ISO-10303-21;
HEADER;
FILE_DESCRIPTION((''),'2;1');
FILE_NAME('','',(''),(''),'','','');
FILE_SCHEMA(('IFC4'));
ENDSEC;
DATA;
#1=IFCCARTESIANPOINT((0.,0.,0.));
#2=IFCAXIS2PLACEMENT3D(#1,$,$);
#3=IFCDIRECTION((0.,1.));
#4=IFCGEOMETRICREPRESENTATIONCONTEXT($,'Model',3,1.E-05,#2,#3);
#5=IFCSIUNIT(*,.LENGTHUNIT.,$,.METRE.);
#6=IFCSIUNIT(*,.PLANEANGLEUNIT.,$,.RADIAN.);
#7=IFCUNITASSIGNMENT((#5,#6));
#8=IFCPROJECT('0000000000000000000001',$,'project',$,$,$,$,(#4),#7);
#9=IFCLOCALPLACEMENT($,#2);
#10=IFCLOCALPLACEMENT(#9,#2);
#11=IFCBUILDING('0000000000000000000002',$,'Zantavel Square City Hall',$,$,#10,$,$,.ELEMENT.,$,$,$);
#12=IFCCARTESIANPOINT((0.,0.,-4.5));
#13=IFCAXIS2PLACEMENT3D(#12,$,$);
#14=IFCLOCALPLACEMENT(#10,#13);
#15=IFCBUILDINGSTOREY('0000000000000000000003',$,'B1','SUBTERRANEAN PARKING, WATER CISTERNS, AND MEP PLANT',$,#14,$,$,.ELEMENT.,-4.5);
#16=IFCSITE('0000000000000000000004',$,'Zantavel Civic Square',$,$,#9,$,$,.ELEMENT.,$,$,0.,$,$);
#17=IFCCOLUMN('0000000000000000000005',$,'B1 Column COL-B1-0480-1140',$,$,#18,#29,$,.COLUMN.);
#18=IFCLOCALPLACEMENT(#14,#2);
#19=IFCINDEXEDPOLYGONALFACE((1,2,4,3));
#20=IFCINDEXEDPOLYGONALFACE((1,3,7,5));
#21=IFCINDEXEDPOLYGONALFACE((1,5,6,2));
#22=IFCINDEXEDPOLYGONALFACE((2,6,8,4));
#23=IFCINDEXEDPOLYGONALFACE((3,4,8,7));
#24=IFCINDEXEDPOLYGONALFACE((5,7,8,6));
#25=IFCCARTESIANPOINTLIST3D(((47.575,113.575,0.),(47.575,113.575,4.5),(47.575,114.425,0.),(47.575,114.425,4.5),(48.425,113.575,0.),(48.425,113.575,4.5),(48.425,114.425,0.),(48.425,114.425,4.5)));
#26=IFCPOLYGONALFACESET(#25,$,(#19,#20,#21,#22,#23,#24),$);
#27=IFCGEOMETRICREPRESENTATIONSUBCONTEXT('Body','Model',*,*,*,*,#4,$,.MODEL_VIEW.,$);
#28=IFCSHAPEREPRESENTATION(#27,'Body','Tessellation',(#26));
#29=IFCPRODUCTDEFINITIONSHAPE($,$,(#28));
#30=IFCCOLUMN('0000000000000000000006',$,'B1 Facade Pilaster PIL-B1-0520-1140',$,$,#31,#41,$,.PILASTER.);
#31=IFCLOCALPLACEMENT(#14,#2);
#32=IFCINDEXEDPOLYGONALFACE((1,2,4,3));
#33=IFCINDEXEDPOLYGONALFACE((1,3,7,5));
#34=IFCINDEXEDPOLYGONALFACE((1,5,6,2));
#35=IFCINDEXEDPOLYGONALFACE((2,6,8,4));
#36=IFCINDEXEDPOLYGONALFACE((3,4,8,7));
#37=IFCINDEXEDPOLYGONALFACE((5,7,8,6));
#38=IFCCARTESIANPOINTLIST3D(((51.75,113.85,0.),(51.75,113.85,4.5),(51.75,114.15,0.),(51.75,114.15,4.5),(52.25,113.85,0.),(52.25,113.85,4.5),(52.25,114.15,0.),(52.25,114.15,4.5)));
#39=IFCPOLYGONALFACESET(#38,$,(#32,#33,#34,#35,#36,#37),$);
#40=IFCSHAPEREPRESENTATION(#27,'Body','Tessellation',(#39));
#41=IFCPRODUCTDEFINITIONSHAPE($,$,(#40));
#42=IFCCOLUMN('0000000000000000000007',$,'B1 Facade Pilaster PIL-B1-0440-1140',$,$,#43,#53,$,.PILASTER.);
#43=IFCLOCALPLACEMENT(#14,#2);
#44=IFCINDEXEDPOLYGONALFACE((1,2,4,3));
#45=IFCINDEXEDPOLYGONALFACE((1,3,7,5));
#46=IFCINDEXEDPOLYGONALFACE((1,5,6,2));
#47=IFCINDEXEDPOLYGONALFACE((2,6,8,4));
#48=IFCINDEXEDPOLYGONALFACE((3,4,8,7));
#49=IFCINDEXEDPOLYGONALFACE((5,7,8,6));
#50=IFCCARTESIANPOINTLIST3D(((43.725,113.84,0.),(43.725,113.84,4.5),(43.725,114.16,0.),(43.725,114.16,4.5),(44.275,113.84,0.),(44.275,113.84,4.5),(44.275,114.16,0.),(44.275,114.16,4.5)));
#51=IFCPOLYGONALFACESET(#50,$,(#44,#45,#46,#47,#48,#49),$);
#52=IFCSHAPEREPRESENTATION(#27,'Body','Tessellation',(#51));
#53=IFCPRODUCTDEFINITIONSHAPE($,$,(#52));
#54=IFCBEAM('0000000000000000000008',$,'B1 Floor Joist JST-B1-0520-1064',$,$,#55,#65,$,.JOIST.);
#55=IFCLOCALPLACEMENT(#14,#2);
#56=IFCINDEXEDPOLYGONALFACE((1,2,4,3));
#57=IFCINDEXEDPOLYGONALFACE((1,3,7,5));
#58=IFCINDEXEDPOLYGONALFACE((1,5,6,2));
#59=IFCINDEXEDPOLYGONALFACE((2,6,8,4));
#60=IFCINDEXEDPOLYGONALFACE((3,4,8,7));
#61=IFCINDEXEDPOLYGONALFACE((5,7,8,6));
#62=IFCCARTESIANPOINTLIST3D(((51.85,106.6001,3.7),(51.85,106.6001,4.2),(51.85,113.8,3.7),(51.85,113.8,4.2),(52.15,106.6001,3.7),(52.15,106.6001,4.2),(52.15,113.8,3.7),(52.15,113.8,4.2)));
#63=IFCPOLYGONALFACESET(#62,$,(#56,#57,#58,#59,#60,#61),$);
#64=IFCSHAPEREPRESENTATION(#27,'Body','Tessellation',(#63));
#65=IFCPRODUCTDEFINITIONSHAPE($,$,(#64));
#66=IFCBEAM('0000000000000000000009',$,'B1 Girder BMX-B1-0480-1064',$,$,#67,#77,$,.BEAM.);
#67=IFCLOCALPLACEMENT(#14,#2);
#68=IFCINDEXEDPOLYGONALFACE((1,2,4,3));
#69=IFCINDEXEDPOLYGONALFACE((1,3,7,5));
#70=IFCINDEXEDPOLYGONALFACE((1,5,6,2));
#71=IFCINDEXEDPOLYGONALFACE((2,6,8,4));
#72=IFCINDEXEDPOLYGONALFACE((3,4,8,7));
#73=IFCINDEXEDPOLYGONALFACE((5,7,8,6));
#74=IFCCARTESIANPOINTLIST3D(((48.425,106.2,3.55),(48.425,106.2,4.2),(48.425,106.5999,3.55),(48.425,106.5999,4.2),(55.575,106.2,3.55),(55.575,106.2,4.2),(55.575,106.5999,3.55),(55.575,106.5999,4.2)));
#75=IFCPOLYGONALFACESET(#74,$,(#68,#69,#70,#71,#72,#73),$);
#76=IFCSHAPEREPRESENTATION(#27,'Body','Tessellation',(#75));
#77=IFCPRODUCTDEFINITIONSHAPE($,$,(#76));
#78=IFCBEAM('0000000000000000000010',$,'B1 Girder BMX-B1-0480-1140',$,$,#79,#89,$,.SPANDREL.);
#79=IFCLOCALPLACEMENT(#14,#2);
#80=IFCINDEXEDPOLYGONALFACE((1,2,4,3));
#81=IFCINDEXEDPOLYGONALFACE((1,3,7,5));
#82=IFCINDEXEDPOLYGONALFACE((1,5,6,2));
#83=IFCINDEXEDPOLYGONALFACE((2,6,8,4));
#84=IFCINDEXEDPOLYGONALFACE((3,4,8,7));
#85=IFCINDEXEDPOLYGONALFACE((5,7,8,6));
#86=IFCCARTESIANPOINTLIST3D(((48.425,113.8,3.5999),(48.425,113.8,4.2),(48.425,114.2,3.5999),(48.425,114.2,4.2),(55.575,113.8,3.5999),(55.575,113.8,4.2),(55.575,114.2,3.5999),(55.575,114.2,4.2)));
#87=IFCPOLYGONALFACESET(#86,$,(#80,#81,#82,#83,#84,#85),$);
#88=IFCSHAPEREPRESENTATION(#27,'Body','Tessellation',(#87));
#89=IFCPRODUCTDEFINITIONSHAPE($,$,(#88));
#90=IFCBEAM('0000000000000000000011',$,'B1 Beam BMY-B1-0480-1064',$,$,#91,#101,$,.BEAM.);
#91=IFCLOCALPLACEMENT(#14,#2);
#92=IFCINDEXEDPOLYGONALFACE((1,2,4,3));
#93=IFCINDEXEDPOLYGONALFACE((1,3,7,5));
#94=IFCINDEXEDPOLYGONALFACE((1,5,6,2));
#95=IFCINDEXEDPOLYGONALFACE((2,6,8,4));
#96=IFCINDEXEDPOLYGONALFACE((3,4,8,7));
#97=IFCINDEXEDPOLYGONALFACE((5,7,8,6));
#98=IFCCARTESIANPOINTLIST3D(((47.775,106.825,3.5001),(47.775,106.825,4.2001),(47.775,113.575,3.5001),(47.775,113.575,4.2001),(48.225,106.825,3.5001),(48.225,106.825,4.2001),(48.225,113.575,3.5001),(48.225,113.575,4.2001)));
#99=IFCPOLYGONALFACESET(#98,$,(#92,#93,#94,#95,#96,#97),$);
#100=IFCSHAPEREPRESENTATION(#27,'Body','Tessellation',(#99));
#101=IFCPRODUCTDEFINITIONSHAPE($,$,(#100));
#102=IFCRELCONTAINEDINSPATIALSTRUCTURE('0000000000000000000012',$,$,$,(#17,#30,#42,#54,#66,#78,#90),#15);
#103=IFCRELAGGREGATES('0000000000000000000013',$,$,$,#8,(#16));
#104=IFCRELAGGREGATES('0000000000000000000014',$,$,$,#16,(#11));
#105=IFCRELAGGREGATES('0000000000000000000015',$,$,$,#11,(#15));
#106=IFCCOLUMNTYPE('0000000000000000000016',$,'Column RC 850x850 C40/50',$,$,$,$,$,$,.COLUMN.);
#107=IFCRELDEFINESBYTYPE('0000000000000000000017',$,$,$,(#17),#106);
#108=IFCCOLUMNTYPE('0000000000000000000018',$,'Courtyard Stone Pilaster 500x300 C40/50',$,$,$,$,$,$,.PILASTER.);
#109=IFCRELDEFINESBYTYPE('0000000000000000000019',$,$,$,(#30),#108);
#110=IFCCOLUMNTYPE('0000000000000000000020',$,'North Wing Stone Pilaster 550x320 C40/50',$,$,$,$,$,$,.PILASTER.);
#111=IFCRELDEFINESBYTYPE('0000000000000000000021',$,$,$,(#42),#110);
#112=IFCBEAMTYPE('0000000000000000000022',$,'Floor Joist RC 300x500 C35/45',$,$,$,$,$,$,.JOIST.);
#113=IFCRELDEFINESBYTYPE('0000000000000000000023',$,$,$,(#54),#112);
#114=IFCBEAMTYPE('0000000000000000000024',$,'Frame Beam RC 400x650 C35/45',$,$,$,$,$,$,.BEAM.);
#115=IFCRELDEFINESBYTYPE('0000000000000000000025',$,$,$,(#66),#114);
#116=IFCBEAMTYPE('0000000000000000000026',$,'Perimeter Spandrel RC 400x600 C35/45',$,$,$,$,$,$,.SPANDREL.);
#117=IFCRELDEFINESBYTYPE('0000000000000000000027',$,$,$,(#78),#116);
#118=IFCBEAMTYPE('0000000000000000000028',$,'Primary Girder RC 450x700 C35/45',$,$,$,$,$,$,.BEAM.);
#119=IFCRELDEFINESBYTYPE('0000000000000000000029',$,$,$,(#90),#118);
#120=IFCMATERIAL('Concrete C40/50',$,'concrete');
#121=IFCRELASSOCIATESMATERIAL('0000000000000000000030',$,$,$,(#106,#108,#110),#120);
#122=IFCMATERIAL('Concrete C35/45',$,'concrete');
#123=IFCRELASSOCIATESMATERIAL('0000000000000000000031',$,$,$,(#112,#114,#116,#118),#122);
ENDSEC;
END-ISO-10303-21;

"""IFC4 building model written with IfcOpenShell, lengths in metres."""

from ifc_helpers import new_model, si_unit, direction, frame, origin, origin_2d, place, context, subcontext, project, spatial, rectangle, extrude, material, material_profile, profile_set, type_object, element, save


model = new_model("IFC4")

# Units and contexts
model_context = context("Model", 3, precision=1e-05, world=origin(), true_north=direction((0.0, 1.0)))
body_context = subcontext(model_context, "Body", "Model", "MODEL_VIEW")
ifc_project = project(units=[si_unit("LENGTHUNIT", "METRE"), si_unit("PLANEANGLEUNIT", "RADIAN")], contexts=[model_context])

# Site, building, storey
site_placement = place(None, origin())
site = spatial("IfcSite", under=ifc_project, at=site_placement, Name="Zantavel Civic Square", CompositionType="ELEMENT", RefElevation=0.0)
building_placement = place(site_placement, origin())
building = spatial("IfcBuilding", under=site, at=building_placement, Name="Zantavel Square City Hall", CompositionType="ELEMENT")
storey_placement = place(building_placement, frame((0.0, 0.0, -4.5)))
storey = spatial("IfcBuildingStorey", under=building, at=storey_placement, Name="B1", Description="SUBTERRANEAN PARKING, WATER CISTERNS, AND MEP PLANT", CompositionType="ELEMENT", Elevation=-4.5)

# Shared definitions
ifc_material_1 = material(Name="Concrete C35/45", Category="concrete")

# Shared definitions
ifc_material_2 = material(Name="Concrete C40/50", Category="concrete")

# Columns
ifc_material_profile_1 = material_profile(ifc_material_2, rectangle(XDim=0.8501, YDim=0.8501, at=origin_2d()), Name="RC 850x850")
ifc_profile_set_1 = profile_set([ifc_material_profile_1], Name="Concrete C40/50")
column_type_1 = type_object("IfcColumnType", Name="Column RC 850x850 C40/50", PredefinedType="COLUMN", material=ifc_profile_set_1)
for number, where, z_axis, x_axis, name in (
    (1, (48.0, 114.0, 0.0), (0.0, 0.0, 1.0), (1.0, 0.0, 0.0), "B1 Column COL-B1-0480-1140"),
):
    element("IfcColumn", number, at=place(storey_placement, frame(where, z_axis=z_axis, x_axis=x_axis)), inside=storey, type_object=column_type_1, Name=name, PredefinedType="COLUMN", context=body_context, shape_type="SweptSolid", body=[
        extrude(rectangle(XDim=0.8501, YDim=0.8501, at=origin_2d()), origin(), (0.0, 0.0, 1.0), 4.5),
    ])
ifc_material_profile_2 = material_profile(ifc_material_2, rectangle(XDim=0.5, YDim=0.3, at=origin_2d()), Name="RC 500x300")
ifc_profile_set_2 = profile_set([ifc_material_profile_2], Name="Concrete C40/50")
column_type_2 = type_object("IfcColumnType", Name="Courtyard Stone Pilaster 500x300 C40/50", PredefinedType="PILASTER", material=ifc_profile_set_2)
column_1_placement = place(storey_placement, frame((52.0, 114.0, 0.0), z_axis=(0.0, 0.0, 1.0), x_axis=(1.0, 0.0, 0.0)))
element("IfcColumn", 2, at=column_1_placement, inside=storey, type_object=column_type_2, Name="B1 Facade Pilaster PIL-B1-0520-1140", PredefinedType="PILASTER", context=body_context, shape_type="SweptSolid", body=[
    extrude(rectangle(XDim=0.5, YDim=0.3, at=origin_2d()), origin(), (0.0, 0.0, 1.0), 4.5),
])
ifc_material_profile_3 = material_profile(ifc_material_2, rectangle(XDim=0.55, YDim=0.3201, at=origin_2d()), Name="RC 550x320")
ifc_profile_set_3 = profile_set([ifc_material_profile_3], Name="Concrete C40/50")
column_type_3 = type_object("IfcColumnType", Name="North Wing Stone Pilaster 550x320 C40/50", PredefinedType="PILASTER", material=ifc_profile_set_3)
column_2_placement = place(storey_placement, frame((44.0, 114.0, 0.0), z_axis=(0.0, 0.0, 1.0), x_axis=(1.0, 0.0, 0.0)))
element("IfcColumn", 3, at=column_2_placement, inside=storey, type_object=column_type_3, Name="B1 Facade Pilaster PIL-B1-0440-1140", PredefinedType="PILASTER", context=body_context, shape_type="SweptSolid", body=[
    extrude(rectangle(XDim=0.55, YDim=0.3201, at=origin_2d()), origin(), (0.0, 0.0, 1.0), 4.5),
])

# Beams
ifc_material_profile_4 = material_profile(ifc_material_1, rectangle(XDim=0.3, YDim=0.5, at=origin_2d()), Name="RC 300x500")
ifc_profile_set_4 = profile_set([ifc_material_profile_4], Name="Concrete C35/45")
beam_type_1 = type_object("IfcBeamType", Name="Floor Joist RC 300x500 C35/45", PredefinedType="JOIST", material=ifc_profile_set_4)
beam_1_placement = place(storey_placement, frame((52.0, 106.6001, 3.95), z_axis=(0.0, 1.0, 0.0), x_axis=(-1.0, 0.0, 0.0)))
element("IfcBeam", 4, at=beam_1_placement, inside=storey, type_object=beam_type_1, Name="B1 Floor Joist JST-B1-0520-1064", PredefinedType="JOIST", context=body_context, shape_type="SweptSolid", body=[
    extrude(rectangle(XDim=0.3, YDim=0.5, at=origin_2d()), origin(), (0.0, 0.0, 1.0), 7.2),
])
ifc_material_profile_5 = material_profile(ifc_material_1, rectangle(XDim=0.3999, YDim=0.6499, at=origin_2d()), Name="RC 400x650")
ifc_profile_set_5 = profile_set([ifc_material_profile_5], Name="Concrete C35/45")
beam_type_2 = type_object("IfcBeamType", Name="Frame Beam RC 400x650 C35/45", PredefinedType="BEAM", material=ifc_profile_set_5)
beam_2_placement = place(storey_placement, frame((48.425, 106.3999, 3.875), z_axis=(1.0, 0.0, 0.0), x_axis=(0.0, 1.0, 0.0)))
element("IfcBeam", 5, at=beam_2_placement, inside=storey, type_object=beam_type_2, Name="B1 Girder BMX-B1-0480-1064", PredefinedType="BEAM", context=body_context, shape_type="SweptSolid", body=[
    extrude(rectangle(XDim=0.3999, YDim=0.6499, at=origin_2d()), origin(), (0.0, 0.0, 1.0), 7.1499),
])
ifc_material_profile_6 = material_profile(ifc_material_1, rectangle(XDim=0.3999, YDim=0.6001, at=origin_2d()), Name="RC 400x600")
ifc_profile_set_6 = profile_set([ifc_material_profile_6], Name="Concrete C35/45")
beam_type_3 = type_object("IfcBeamType", Name="Perimeter Spandrel RC 400x600 C35/45", PredefinedType="SPANDREL", material=ifc_profile_set_6)
beam_3_placement = place(storey_placement, frame((48.425, 114.0, 3.8999), z_axis=(1.0, 0.0, 0.0), x_axis=(0.0, 1.0, 0.0)))
element("IfcBeam", 6, at=beam_3_placement, inside=storey, type_object=beam_type_3, Name="B1 Girder BMX-B1-0480-1140", PredefinedType="SPANDREL", context=body_context, shape_type="SweptSolid", body=[
    extrude(rectangle(XDim=0.3999, YDim=0.6001, at=origin_2d()), origin(), (0.0, 0.0, 1.0), 7.1499),
])
ifc_material_profile_7 = material_profile(ifc_material_1, rectangle(XDim=0.45, YDim=0.7, at=origin_2d()), Name="RC 450x700")
ifc_profile_set_7 = profile_set([ifc_material_profile_7], Name="Concrete C35/45")
beam_type_4 = type_object("IfcBeamType", Name="Primary Girder RC 450x700 C35/45", PredefinedType="BEAM", material=ifc_profile_set_7)
beam_4_placement = place(storey_placement, frame((48.0, 106.825, 3.8501), z_axis=(0.0, 1.0, 0.0), x_axis=(-1.0, 0.0, 0.0)))
element("IfcBeam", 7, at=beam_4_placement, inside=storey, type_object=beam_type_4, Name="B1 Beam BMY-B1-0480-1064", PredefinedType="BEAM", context=body_context, shape_type="SweptSolid", body=[
    extrude(rectangle(XDim=0.45, YDim=0.7, at=origin_2d()), origin(), (0.0, 0.0, 1.0), 6.75),
])

save(model, "model.ifc")
